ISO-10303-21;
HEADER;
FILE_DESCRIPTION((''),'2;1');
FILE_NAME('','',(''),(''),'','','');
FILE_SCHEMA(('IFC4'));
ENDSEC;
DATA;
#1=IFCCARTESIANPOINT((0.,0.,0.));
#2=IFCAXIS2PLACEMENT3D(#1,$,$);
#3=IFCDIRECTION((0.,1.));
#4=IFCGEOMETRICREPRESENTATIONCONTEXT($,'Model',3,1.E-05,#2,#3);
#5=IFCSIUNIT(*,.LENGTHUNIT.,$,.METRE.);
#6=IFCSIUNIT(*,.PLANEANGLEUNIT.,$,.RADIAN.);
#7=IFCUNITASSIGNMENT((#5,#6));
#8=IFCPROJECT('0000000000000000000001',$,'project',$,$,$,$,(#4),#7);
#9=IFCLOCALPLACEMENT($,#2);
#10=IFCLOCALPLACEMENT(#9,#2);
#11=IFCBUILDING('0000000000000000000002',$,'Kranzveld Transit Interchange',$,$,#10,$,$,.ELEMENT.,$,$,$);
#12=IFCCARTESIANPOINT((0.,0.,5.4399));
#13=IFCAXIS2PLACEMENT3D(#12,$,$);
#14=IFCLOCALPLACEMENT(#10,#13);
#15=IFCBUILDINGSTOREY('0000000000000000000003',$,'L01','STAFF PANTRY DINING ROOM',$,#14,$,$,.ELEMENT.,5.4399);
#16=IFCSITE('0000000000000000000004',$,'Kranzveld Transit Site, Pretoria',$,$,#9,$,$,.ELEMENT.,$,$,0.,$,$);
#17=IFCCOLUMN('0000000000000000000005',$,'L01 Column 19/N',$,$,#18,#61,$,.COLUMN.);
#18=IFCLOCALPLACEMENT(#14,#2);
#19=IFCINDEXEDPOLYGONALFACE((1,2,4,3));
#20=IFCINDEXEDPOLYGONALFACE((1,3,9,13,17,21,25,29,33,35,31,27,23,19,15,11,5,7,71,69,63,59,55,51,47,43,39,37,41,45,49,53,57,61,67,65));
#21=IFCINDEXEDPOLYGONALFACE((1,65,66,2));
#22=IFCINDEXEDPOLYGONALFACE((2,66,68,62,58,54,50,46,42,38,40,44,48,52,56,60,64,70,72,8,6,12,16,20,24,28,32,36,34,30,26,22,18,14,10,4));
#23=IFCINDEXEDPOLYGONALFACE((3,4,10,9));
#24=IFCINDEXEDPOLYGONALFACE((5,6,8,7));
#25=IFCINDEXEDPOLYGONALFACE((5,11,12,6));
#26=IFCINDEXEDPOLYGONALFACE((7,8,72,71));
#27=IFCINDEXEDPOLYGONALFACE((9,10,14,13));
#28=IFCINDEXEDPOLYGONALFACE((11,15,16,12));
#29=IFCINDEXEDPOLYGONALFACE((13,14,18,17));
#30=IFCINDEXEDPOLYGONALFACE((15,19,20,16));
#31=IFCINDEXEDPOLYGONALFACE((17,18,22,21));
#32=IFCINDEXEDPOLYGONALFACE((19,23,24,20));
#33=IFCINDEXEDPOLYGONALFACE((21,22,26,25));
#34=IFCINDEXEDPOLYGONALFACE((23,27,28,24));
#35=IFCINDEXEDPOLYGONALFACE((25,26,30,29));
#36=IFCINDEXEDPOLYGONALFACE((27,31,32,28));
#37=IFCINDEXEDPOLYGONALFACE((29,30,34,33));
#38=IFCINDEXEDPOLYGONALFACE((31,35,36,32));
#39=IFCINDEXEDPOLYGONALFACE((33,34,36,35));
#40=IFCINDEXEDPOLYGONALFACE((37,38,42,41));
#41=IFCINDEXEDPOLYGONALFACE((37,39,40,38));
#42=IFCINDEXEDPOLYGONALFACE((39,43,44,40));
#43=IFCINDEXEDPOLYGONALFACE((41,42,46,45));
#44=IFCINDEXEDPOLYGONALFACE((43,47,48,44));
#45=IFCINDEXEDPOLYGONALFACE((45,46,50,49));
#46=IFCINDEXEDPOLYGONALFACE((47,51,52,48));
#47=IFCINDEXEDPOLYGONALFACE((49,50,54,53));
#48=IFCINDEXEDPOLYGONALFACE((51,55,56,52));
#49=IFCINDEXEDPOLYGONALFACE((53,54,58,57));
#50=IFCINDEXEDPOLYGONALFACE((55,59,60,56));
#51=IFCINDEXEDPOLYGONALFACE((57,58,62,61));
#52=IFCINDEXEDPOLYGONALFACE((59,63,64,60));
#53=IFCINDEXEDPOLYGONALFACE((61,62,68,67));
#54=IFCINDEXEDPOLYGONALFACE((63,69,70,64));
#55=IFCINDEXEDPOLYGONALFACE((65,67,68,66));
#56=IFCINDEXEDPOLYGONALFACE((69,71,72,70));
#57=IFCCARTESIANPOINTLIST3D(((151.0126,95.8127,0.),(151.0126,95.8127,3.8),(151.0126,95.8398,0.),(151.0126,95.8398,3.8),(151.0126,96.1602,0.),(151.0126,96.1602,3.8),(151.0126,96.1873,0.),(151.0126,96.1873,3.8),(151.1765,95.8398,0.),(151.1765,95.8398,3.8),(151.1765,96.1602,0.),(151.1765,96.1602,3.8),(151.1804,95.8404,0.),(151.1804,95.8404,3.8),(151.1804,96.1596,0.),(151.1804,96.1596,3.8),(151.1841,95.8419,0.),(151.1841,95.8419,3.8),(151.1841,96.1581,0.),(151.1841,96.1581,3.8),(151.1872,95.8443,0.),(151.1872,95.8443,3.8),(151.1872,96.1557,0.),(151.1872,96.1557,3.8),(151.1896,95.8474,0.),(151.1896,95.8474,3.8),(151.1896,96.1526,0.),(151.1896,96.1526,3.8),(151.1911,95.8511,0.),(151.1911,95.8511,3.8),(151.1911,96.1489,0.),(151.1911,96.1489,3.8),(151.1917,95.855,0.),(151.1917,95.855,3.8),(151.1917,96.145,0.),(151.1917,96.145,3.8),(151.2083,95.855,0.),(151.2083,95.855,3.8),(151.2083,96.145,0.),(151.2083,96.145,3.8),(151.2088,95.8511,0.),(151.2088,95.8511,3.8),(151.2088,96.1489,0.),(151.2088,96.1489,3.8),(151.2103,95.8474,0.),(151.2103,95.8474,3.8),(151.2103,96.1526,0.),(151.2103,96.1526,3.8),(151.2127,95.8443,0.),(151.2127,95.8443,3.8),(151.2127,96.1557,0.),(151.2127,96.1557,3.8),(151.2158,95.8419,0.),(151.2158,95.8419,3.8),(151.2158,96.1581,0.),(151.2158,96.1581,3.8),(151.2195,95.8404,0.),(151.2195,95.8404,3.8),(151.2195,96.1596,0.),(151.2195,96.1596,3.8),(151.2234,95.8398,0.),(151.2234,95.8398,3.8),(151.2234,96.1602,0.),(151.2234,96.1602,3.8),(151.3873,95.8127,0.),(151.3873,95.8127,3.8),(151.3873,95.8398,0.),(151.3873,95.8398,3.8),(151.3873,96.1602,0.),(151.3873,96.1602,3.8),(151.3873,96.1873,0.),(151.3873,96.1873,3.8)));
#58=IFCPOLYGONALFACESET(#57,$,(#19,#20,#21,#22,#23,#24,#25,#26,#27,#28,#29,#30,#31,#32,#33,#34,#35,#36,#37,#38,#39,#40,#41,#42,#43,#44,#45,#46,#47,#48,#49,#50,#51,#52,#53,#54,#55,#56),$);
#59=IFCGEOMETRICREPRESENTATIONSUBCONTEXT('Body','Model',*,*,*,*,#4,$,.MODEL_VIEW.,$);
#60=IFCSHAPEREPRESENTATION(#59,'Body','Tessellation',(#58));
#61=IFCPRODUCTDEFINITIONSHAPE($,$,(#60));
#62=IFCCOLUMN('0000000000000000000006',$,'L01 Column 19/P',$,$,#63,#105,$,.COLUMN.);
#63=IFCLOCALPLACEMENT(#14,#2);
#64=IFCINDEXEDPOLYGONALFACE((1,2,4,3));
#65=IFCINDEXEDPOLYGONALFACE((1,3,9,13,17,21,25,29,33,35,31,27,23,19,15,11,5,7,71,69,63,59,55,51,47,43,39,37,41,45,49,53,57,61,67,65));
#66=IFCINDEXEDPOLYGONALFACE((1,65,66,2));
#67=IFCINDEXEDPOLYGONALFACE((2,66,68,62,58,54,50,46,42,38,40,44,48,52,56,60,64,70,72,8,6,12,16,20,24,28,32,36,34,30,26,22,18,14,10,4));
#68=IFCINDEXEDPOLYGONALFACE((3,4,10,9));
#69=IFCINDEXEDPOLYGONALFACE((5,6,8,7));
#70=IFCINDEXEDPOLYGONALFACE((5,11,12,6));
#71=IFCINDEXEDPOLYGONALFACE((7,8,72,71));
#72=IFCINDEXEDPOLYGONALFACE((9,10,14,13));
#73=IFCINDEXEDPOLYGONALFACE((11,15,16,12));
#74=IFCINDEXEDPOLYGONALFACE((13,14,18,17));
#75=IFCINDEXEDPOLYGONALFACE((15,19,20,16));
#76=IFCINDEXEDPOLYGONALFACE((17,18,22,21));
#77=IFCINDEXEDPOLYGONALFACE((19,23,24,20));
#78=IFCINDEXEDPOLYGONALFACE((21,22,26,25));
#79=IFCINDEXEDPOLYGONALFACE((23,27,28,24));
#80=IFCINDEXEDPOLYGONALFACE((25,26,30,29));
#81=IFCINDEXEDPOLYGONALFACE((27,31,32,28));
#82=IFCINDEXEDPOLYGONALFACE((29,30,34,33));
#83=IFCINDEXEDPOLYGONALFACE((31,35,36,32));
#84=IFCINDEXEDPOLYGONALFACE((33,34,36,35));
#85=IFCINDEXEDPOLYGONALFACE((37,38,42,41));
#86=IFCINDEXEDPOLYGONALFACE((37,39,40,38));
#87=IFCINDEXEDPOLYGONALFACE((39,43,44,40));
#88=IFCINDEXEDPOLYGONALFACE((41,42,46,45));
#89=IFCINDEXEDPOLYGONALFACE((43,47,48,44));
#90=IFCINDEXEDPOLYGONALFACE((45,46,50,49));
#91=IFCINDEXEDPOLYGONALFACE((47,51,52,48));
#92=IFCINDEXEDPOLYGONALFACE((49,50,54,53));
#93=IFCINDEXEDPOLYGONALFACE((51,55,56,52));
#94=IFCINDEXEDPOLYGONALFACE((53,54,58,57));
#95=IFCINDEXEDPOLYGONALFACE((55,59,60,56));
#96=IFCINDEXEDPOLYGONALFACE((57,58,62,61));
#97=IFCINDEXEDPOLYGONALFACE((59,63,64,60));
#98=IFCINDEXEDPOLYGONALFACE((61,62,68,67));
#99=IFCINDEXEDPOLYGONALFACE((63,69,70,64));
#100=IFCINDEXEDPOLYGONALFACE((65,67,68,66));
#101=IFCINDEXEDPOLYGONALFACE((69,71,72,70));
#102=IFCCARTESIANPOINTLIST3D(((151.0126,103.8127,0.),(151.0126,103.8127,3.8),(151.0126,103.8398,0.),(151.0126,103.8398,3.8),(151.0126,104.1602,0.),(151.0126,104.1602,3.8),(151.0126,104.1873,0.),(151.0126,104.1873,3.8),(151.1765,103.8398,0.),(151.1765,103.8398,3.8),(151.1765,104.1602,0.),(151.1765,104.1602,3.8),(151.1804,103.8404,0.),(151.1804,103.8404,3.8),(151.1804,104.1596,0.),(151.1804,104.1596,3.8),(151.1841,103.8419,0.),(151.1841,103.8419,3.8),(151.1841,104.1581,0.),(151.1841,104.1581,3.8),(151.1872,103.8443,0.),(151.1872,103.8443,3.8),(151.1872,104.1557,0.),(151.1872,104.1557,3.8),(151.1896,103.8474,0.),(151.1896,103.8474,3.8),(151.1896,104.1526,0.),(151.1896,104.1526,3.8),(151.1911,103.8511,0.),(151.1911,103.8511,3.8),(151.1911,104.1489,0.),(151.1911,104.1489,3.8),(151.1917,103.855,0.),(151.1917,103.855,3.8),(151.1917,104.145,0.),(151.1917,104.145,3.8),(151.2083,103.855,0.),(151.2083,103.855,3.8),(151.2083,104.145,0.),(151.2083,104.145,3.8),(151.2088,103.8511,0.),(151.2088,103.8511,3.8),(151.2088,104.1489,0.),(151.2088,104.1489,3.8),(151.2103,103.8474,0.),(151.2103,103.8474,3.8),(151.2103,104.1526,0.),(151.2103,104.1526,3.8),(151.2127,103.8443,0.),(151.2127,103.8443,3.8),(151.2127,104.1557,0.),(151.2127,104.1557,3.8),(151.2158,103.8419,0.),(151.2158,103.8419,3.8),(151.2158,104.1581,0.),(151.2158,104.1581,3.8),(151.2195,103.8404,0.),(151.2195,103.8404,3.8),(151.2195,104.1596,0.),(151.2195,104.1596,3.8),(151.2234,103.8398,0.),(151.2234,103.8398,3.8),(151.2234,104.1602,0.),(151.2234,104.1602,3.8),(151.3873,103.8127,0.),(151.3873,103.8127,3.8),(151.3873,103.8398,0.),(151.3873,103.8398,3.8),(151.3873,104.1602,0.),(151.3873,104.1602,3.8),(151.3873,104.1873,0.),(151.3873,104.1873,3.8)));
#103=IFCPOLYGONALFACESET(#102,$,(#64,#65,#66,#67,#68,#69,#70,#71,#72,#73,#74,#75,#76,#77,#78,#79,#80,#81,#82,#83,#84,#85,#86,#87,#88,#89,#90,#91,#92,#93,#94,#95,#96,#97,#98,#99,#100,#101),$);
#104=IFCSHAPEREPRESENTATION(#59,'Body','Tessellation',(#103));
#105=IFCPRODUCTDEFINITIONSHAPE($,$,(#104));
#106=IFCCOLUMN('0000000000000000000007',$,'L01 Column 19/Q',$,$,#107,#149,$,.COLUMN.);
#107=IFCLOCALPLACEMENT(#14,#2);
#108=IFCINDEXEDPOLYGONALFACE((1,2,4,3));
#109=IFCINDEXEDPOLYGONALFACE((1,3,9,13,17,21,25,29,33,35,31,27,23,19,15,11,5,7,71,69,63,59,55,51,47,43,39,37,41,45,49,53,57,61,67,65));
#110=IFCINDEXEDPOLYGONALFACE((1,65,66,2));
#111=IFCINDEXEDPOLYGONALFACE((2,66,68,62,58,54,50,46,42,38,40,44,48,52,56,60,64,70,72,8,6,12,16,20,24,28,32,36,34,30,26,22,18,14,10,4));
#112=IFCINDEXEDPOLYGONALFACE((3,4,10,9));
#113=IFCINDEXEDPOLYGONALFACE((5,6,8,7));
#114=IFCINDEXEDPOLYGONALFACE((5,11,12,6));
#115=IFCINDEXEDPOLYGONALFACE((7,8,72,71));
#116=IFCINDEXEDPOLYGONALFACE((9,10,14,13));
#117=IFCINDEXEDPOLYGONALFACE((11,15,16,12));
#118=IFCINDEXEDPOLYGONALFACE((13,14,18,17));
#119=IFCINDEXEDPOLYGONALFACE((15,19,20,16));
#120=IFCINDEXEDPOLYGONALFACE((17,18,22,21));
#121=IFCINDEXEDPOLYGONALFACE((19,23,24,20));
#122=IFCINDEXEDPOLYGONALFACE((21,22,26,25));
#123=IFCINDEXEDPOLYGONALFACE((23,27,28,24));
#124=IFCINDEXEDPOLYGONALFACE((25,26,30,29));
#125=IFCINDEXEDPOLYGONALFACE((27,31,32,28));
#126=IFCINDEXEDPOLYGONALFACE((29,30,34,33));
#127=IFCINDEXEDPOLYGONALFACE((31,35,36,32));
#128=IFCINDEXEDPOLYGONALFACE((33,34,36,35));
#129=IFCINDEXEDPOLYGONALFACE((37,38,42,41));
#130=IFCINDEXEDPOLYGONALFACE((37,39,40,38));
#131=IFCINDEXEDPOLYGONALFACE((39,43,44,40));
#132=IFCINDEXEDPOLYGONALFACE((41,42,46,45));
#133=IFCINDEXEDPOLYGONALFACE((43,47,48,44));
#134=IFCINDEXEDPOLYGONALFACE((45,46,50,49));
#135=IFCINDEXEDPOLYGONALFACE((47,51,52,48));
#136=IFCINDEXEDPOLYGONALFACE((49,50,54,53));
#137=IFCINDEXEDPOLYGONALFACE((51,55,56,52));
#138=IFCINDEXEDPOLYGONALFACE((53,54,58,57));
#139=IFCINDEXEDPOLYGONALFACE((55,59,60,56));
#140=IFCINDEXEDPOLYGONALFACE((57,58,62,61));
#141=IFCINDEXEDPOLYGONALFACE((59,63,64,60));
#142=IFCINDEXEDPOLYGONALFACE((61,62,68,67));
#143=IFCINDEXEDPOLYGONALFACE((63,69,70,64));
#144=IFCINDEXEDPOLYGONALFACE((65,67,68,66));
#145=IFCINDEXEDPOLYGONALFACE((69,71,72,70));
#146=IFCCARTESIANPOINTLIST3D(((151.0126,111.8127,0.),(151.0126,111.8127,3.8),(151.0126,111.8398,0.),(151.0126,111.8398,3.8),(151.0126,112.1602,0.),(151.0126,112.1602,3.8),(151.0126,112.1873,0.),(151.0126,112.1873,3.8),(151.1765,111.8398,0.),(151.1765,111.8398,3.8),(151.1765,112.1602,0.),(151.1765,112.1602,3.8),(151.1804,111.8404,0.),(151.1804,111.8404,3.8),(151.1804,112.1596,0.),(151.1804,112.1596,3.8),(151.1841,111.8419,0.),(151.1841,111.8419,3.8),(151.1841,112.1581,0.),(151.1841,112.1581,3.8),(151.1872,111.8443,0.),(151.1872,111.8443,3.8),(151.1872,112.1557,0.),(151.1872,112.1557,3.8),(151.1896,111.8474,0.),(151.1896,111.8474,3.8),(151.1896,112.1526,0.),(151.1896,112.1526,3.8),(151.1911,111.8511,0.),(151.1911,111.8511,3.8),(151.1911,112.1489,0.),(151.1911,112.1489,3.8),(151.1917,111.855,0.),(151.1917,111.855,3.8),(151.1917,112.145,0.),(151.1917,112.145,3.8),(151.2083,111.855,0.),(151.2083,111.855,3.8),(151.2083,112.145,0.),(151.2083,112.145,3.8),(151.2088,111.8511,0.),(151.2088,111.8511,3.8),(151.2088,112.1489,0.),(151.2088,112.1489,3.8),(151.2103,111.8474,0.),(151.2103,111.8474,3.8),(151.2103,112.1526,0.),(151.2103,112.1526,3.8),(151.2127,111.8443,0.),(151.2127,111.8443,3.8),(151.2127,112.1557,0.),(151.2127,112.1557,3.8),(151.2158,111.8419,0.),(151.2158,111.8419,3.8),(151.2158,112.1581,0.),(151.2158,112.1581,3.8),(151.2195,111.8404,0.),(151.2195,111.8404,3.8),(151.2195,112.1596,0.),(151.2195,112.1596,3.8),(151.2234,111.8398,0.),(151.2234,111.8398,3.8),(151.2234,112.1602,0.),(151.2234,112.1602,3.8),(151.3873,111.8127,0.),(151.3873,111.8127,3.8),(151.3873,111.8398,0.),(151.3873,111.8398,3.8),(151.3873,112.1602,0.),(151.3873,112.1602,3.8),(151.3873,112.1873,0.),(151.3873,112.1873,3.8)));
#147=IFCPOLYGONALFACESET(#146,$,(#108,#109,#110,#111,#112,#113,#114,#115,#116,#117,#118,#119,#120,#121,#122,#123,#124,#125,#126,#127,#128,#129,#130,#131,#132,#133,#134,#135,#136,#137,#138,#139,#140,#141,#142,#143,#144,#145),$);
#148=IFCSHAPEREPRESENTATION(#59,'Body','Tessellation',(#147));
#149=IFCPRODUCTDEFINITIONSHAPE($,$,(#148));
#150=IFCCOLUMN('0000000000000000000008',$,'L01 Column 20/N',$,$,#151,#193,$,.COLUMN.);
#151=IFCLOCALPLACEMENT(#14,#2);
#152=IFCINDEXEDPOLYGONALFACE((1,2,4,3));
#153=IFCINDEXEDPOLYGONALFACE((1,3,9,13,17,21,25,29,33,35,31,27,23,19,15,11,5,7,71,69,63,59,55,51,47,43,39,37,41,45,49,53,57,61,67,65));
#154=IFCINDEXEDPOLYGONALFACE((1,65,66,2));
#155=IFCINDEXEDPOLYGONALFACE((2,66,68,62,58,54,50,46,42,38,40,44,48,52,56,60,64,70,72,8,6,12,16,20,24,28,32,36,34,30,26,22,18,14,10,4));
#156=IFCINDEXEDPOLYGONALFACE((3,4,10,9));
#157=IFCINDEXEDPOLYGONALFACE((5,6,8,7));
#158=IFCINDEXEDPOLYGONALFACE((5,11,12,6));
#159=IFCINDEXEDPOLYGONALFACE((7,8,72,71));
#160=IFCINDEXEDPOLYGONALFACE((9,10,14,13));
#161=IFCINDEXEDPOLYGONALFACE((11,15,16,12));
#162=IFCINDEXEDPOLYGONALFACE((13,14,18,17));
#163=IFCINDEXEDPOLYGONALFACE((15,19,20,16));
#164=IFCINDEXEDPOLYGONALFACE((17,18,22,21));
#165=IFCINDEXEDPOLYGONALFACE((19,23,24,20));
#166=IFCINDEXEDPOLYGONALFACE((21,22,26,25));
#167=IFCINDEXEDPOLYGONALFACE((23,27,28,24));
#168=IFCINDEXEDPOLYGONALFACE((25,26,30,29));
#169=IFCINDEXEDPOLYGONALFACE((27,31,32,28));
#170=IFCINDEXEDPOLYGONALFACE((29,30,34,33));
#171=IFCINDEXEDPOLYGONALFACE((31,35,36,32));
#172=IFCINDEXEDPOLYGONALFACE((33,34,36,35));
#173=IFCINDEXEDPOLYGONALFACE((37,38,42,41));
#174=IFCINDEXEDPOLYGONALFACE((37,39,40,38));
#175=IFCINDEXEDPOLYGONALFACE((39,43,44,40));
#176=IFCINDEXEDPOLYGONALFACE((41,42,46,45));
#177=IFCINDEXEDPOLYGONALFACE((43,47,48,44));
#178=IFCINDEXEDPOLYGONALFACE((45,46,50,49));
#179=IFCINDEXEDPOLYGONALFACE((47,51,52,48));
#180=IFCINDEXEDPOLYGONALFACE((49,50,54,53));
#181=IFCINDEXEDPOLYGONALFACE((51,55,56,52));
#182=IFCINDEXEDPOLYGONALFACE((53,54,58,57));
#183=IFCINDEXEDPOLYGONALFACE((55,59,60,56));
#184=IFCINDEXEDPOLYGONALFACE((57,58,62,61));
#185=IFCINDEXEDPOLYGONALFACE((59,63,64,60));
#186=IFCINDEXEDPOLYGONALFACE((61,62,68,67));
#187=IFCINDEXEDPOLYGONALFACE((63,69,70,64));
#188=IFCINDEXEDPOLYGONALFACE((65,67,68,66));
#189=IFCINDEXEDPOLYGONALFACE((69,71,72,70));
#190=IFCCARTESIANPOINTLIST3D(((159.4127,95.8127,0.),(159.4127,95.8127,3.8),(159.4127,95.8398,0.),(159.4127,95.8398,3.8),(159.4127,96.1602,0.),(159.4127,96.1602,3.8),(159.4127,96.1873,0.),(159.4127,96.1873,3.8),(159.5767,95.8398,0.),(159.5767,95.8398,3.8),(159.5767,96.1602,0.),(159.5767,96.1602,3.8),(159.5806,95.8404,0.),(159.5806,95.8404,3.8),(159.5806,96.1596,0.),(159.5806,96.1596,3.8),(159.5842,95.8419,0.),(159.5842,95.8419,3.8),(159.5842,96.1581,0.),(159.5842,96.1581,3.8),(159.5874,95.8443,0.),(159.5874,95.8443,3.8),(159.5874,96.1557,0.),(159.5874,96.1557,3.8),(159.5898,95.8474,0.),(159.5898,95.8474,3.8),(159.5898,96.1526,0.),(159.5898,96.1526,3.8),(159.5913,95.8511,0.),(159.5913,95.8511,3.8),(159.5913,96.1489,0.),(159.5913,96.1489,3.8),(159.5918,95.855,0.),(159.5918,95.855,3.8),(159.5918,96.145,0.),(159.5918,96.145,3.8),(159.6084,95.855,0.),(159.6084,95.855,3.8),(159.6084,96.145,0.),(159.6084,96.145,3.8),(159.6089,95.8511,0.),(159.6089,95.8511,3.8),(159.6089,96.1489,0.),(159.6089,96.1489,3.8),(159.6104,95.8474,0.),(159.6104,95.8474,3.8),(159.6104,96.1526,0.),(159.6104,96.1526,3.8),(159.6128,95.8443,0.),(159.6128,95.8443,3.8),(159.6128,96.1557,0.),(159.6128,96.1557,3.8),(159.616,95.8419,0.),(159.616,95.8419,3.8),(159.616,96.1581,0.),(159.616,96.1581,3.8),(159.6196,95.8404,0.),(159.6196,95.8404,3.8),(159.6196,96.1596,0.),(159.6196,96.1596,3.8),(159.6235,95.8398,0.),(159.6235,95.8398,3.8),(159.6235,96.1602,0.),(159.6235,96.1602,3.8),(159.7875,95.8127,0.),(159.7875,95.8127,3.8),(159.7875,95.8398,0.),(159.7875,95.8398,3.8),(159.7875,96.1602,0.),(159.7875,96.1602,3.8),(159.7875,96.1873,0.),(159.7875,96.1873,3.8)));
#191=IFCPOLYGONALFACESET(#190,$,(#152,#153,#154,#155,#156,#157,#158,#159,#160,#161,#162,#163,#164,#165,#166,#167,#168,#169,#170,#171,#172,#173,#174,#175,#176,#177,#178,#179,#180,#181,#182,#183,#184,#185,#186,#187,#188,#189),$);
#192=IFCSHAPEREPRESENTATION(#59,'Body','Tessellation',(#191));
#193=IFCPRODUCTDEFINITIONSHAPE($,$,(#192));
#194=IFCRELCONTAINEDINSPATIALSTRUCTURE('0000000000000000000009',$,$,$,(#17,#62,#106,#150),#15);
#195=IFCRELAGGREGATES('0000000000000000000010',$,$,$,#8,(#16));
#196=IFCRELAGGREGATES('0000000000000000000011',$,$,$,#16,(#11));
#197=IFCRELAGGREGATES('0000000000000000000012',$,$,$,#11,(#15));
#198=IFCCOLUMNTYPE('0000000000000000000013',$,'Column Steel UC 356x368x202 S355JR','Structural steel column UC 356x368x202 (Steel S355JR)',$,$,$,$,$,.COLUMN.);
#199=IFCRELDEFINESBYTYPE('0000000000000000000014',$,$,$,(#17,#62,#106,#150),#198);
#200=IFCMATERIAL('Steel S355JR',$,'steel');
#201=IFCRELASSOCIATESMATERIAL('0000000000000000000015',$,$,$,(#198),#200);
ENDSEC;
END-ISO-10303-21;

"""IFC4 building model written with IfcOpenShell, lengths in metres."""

from ifc_helpers import new_model, si_unit, direction, frame, origin, origin_2d, place, context, subcontext, project, spatial, i_section, extrude, material, material_profile, profile_set, type_object, element, save


model = new_model("IFC4")

# Units and contexts
model_context = context("Model", 3, precision=1e-05, world=origin(), true_north=direction((0.0, 1.0)))
body_context = subcontext(model_context, "Body", "Model", "MODEL_VIEW")
ifc_project = project(units=[si_unit("LENGTHUNIT", "METRE"), si_unit("PLANEANGLEUNIT", "RADIAN")], contexts=[model_context])

# Site, building, storey
site_placement = place(None, origin())
site = spatial("IfcSite", under=ifc_project, at=site_placement, Name="Kranzveld Transit Site, Pretoria", CompositionType="ELEMENT", RefElevation=0.0)
building_placement = place(site_placement, origin())
building = spatial("IfcBuilding", under=site, at=building_placement, Name="Kranzveld Transit Interchange", CompositionType="ELEMENT")
storey_placement = place(building_placement, frame((0.0, 0.0, 5.4399)))
storey = spatial("IfcBuildingStorey", under=building, at=storey_placement, Name="L01", Description="STAFF PANTRY DINING ROOM", CompositionType="ELEMENT", Elevation=5.4399)

# Columns
ifc_material_1 = material(Name="Steel S355JR", Category="steel")
ifc_material_profile_1 = material_profile(ifc_material_1, i_section(OverallWidth=0.3748, OverallDepth=0.3745, WebThickness=0.0166, FlangeThickness=0.0271, FilletRadius=0.0151, at=origin_2d()), Name="UC 356x368x202")
ifc_profile_set_1 = profile_set([ifc_material_profile_1], Name="Steel S355JR")
column_type = type_object("IfcColumnType", Name="Column Steel UC 356x368x202 S355JR", Description="Structural steel column UC 356x368x202 (Steel S355JR)", PredefinedType="COLUMN", material=ifc_profile_set_1)
for number, where, z_axis, x_axis, name in (
    (1, (151.2, 96.0, 0.0), (0.0, 0.0, 1.0), (1.0, 0.0, 0.0), "L01 Column 19/N"),
    (2, (151.2, 104.0, 0.0), (0.0, 0.0, 1.0), (1.0, 0.0, 0.0), "L01 Column 19/P"),
    (3, (151.2, 112.0, 0.0), (0.0, 0.0, 1.0), (1.0, 0.0, 0.0), "L01 Column 19/Q"),
    (4, (159.6001, 96.0, 0.0), (0.0, 0.0, 1.0), (1.0, 0.0, 0.0), "L01 Column 20/N"),
):
    element("IfcColumn", number, at=place(storey_placement, frame(where, z_axis=z_axis, x_axis=x_axis)), inside=storey, type_object=column_type, Name=name, PredefinedType="COLUMN", context=body_context, shape_type="SweptSolid", body=[
        extrude(i_section(OverallWidth=0.3748, OverallDepth=0.3745, WebThickness=0.0166, FlangeThickness=0.0271, FilletRadius=0.0151, at=origin_2d()), origin(), (0.0, 0.0, 1.0), 3.8),
    ])

save(model, "model.ifc")
